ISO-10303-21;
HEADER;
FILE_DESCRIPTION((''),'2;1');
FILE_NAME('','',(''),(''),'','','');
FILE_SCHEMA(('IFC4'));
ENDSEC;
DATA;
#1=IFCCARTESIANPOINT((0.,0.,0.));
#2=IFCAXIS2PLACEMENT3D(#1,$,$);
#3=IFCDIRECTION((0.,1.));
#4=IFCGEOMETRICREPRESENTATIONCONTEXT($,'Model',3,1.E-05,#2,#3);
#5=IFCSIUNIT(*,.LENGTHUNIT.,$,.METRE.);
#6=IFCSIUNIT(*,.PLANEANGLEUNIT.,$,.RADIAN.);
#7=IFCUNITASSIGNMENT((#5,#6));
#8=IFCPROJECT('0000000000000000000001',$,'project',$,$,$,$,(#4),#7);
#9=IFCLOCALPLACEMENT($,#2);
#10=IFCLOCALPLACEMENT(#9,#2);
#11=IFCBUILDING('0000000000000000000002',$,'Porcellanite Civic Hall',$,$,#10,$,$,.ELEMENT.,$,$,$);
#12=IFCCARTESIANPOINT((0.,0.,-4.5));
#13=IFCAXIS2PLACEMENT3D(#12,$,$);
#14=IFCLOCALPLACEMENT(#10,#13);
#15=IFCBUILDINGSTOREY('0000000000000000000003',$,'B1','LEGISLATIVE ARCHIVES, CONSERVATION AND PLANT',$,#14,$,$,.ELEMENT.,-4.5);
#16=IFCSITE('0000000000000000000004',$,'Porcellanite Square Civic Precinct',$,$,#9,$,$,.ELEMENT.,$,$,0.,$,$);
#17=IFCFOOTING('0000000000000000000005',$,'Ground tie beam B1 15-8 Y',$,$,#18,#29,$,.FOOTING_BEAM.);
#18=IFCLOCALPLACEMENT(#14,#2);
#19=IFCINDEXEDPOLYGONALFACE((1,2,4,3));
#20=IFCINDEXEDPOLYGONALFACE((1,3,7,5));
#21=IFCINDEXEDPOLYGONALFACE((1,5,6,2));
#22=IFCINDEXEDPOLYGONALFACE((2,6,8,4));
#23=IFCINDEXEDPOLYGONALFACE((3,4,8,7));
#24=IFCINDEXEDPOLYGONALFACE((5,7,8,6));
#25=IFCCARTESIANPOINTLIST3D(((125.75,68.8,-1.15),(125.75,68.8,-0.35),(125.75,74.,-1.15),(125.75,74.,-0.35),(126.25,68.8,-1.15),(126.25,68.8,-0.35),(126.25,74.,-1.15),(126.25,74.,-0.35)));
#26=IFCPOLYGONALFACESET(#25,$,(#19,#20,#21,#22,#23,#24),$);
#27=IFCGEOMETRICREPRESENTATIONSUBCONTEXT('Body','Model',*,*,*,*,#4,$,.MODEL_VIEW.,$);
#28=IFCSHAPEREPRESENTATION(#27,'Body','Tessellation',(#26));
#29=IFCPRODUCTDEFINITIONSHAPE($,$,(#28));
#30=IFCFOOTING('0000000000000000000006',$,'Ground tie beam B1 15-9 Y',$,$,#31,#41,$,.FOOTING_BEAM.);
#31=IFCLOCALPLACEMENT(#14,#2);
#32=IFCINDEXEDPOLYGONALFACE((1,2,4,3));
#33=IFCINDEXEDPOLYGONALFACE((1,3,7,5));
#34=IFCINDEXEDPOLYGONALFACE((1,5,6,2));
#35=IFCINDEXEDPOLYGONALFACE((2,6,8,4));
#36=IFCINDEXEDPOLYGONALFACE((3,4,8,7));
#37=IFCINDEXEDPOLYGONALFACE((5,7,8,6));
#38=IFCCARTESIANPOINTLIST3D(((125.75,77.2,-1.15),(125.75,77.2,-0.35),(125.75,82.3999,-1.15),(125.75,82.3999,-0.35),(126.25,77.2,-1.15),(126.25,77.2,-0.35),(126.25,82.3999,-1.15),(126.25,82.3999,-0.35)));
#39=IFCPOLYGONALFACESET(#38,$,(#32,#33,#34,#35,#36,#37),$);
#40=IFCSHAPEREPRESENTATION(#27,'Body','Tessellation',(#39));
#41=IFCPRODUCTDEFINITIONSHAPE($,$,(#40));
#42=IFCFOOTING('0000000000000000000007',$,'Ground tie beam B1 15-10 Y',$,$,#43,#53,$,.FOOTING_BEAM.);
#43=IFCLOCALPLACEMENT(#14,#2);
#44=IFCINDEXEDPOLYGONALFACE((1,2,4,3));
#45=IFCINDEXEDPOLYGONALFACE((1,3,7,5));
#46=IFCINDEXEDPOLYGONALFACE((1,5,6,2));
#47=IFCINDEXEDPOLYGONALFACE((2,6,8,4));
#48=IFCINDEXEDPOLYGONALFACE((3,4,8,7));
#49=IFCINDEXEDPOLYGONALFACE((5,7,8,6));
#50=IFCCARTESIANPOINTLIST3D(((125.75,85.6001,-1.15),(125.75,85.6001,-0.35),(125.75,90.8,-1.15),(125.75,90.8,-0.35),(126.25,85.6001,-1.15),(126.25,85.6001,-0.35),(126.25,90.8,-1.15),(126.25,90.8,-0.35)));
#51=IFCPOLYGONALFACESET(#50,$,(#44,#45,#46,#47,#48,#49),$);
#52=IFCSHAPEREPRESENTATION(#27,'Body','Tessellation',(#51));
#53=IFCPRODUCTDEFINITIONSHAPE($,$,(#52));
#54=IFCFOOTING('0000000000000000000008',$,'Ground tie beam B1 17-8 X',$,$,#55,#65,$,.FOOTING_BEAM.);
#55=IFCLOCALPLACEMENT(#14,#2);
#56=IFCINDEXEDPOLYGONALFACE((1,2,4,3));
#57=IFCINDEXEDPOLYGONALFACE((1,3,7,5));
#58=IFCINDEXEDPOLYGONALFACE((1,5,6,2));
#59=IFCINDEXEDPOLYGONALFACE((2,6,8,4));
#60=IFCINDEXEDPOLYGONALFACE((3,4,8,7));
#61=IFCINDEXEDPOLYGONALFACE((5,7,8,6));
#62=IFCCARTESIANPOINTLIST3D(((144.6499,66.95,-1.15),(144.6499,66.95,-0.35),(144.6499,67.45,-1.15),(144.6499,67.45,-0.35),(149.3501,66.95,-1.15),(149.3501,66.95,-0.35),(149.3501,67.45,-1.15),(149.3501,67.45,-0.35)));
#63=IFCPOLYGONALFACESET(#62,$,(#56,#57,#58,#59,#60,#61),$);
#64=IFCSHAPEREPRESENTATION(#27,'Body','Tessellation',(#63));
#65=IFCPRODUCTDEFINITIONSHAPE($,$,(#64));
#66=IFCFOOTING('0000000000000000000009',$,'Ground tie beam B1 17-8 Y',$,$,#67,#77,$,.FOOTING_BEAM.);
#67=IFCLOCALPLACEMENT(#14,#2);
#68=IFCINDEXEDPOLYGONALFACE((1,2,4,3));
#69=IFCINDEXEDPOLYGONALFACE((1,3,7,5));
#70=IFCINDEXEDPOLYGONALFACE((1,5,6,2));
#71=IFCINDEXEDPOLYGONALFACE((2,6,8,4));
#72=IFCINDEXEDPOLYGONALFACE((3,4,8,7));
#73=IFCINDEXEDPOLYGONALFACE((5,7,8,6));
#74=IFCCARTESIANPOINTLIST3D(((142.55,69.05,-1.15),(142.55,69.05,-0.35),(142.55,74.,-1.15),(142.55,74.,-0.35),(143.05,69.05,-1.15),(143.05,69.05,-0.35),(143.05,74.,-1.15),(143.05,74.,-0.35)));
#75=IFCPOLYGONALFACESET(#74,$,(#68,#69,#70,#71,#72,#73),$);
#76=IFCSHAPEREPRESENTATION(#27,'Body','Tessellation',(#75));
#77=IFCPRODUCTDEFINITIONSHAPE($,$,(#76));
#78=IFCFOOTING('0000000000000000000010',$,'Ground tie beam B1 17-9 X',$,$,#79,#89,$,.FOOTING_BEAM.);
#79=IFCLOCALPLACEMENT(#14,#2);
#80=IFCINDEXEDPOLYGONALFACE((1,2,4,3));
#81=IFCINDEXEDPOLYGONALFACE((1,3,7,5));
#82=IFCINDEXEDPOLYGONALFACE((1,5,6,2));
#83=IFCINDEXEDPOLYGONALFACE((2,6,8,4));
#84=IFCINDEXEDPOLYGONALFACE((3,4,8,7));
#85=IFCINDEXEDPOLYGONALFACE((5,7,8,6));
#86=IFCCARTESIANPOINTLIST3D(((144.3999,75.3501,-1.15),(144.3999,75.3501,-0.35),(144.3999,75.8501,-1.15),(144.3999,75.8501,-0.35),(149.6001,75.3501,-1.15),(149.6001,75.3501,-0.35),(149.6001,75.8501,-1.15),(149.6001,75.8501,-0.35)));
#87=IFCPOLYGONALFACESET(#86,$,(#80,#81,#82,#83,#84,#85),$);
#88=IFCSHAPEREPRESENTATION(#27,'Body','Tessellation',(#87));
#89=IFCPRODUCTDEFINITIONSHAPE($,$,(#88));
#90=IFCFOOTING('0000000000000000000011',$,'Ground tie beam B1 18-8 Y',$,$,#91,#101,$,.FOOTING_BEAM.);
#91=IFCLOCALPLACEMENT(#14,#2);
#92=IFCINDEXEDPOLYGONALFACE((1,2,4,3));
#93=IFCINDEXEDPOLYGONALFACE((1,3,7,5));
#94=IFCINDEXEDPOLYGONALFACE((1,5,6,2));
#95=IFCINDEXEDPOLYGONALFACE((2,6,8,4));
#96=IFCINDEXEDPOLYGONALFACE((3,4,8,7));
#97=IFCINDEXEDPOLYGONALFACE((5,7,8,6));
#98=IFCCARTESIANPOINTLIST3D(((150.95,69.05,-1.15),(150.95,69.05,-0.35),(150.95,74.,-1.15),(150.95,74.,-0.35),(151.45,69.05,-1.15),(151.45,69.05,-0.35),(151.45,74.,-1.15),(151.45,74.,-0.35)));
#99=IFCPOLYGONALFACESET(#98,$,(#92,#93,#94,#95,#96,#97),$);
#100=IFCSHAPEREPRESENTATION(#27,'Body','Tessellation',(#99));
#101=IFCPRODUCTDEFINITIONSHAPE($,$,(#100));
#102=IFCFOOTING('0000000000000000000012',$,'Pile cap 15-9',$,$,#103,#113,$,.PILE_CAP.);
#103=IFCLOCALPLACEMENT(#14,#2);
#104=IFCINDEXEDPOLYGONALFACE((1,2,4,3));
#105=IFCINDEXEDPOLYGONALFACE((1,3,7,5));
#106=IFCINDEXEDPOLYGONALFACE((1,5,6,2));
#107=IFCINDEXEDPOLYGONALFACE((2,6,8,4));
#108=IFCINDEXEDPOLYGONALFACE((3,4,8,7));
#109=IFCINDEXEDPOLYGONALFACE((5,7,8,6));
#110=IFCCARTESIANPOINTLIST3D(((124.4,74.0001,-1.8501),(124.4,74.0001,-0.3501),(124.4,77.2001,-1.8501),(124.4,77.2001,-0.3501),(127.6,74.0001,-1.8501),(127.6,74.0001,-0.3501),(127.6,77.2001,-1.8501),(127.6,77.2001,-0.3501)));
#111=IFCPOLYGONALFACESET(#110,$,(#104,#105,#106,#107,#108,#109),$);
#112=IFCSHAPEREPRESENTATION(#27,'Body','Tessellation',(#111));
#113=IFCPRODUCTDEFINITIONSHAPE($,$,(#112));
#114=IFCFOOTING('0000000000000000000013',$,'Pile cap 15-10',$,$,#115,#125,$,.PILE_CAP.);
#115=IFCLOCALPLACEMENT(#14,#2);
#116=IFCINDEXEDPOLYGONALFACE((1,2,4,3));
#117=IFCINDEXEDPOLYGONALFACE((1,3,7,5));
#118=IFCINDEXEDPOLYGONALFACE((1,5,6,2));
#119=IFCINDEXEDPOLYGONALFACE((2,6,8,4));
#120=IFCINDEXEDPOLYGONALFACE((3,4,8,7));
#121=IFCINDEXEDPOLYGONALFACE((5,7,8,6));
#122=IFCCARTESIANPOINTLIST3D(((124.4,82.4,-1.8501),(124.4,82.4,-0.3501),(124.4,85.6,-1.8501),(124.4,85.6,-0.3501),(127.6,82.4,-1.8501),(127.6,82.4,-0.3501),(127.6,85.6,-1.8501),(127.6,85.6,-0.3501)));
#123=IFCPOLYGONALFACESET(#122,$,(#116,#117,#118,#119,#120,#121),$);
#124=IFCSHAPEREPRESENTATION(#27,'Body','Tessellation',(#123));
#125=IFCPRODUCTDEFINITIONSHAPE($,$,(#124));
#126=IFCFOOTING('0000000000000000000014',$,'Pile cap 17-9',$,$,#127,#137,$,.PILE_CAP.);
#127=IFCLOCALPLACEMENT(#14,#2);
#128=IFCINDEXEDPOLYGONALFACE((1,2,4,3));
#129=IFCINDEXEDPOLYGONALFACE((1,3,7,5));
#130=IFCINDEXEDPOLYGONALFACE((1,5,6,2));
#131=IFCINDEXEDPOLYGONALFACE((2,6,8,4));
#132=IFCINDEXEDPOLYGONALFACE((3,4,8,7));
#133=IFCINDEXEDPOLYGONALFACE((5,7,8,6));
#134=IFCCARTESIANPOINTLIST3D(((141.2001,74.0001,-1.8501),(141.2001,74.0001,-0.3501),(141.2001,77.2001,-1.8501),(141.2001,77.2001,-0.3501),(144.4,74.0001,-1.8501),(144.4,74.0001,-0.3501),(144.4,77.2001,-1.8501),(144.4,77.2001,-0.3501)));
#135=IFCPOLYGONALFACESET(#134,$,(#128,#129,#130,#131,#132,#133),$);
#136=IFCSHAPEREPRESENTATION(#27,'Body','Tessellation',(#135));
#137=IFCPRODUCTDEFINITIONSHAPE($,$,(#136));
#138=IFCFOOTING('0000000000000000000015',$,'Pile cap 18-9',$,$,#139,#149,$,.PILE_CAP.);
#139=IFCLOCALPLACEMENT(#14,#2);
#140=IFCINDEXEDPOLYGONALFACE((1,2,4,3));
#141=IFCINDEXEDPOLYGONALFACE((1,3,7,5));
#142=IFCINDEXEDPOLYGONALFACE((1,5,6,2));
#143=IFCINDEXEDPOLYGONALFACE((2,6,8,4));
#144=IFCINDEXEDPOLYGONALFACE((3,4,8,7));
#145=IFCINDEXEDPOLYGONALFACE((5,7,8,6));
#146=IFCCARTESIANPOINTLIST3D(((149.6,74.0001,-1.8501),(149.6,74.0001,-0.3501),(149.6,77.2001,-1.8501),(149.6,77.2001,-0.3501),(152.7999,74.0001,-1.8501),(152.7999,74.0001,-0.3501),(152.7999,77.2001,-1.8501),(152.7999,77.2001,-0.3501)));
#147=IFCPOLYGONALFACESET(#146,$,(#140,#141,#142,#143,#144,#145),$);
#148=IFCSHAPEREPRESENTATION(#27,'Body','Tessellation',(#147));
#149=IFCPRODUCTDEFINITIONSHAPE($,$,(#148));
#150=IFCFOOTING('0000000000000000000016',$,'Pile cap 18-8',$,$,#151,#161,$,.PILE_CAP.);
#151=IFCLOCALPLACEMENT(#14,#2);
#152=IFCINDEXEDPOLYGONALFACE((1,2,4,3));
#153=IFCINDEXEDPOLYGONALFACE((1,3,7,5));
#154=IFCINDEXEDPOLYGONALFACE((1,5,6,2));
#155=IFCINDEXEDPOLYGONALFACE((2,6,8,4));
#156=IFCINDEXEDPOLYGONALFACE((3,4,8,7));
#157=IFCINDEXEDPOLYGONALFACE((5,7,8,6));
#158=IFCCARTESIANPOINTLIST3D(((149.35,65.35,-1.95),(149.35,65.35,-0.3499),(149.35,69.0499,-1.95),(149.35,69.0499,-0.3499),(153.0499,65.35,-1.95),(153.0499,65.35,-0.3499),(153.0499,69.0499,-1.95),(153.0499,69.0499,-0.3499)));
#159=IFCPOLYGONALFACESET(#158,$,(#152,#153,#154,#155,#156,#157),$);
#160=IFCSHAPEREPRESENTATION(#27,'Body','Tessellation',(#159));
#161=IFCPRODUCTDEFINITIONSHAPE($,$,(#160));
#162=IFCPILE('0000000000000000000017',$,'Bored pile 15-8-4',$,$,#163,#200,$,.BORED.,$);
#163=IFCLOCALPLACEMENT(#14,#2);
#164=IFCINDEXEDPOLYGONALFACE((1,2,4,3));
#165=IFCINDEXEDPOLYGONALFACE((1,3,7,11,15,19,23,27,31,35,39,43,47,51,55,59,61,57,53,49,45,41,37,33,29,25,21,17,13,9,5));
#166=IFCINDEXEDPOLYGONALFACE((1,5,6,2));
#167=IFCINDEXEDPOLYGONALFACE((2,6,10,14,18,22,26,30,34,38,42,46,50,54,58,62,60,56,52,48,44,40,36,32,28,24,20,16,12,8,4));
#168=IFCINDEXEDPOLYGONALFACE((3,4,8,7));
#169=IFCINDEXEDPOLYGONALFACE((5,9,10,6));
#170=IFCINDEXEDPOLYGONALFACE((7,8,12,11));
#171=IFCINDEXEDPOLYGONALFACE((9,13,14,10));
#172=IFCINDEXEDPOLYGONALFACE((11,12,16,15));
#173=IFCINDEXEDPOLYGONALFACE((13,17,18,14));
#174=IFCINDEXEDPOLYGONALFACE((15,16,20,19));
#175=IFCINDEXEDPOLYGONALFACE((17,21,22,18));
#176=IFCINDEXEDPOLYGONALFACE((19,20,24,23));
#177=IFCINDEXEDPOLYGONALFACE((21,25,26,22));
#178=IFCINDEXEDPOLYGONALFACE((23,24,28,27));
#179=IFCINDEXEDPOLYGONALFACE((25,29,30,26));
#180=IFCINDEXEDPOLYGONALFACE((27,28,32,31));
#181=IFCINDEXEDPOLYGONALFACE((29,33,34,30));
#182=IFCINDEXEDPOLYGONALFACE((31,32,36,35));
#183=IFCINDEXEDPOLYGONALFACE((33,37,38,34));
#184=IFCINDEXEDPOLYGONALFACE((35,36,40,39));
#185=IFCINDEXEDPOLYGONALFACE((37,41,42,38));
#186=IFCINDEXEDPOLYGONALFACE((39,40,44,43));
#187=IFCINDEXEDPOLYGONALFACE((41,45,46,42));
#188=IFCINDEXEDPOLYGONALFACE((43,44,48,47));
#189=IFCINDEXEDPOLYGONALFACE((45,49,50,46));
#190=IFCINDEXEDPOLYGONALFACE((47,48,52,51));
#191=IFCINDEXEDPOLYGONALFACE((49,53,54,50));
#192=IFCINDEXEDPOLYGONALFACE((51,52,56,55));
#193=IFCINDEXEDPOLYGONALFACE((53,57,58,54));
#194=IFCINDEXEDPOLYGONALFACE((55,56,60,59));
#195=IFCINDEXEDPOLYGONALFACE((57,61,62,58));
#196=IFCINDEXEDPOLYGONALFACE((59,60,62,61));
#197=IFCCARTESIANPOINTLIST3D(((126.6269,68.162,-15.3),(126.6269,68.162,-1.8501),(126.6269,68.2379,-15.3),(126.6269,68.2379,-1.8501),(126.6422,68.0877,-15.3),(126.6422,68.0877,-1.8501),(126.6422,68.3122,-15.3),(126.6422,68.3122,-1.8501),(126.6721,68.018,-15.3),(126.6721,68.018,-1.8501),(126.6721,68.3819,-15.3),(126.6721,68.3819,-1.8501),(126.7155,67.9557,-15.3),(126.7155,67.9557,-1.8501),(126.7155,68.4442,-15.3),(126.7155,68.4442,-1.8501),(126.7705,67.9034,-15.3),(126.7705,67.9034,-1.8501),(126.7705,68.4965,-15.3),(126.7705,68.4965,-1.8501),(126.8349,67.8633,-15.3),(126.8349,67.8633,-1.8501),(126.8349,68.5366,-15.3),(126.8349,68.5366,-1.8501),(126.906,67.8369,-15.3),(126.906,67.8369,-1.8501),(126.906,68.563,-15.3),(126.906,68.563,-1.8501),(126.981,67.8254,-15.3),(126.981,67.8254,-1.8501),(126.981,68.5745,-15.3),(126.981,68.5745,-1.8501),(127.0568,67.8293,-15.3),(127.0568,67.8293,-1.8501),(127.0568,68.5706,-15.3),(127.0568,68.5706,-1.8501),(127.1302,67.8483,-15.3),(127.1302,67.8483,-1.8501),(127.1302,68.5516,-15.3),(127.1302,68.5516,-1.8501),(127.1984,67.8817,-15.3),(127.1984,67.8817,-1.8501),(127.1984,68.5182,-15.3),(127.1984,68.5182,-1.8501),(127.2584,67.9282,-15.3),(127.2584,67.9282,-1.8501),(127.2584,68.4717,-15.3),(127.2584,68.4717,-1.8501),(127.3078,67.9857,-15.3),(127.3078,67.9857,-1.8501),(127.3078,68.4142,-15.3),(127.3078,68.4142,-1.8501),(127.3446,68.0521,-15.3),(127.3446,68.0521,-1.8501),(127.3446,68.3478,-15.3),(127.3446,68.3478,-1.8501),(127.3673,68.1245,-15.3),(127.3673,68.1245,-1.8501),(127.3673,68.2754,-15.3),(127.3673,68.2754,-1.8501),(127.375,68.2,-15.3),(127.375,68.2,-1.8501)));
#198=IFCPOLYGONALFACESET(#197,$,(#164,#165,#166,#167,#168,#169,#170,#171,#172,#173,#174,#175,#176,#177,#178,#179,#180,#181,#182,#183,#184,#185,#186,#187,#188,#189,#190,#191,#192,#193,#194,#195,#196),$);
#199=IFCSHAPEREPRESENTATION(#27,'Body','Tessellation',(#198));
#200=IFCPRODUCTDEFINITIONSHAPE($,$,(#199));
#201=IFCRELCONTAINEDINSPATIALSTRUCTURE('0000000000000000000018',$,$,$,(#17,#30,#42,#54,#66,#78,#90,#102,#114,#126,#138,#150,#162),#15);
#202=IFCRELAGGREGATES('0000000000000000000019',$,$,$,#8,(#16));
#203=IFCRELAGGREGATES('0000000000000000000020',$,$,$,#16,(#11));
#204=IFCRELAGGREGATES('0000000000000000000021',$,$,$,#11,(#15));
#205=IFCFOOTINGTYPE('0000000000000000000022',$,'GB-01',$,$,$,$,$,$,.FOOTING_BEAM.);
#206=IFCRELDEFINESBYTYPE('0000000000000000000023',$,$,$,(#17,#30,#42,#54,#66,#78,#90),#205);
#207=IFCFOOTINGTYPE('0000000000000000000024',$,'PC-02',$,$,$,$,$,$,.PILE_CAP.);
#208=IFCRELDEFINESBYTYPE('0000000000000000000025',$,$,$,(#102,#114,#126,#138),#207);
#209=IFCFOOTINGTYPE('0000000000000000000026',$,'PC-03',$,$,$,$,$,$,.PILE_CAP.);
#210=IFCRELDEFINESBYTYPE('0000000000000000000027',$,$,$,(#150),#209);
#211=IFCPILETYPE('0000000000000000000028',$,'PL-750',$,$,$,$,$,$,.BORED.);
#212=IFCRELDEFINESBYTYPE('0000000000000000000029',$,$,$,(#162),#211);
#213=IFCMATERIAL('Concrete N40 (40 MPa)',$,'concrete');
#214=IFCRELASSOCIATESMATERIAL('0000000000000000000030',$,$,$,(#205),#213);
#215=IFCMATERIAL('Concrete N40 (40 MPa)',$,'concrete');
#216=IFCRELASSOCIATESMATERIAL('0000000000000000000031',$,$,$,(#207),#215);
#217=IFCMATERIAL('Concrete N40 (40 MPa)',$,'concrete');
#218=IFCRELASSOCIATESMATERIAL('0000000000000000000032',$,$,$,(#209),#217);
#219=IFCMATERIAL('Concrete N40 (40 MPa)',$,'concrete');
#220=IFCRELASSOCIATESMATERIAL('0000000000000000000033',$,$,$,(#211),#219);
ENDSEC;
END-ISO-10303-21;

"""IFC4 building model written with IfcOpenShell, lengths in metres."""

from ifc_helpers import new_model, si_unit, direction, frame, origin, origin_2d, place, context, subcontext, project, spatial, rectangle, circle, extrude, material, material_profile, profile_set, type_object, element, save


model = new_model("IFC4")

# Units and contexts
model_context = context("Model", 3, precision=1e-05, world=origin(), true_north=direction((0.0, 1.0)))
body_context = subcontext(model_context, "Body", "Model", "MODEL_VIEW")
ifc_project = project(units=[si_unit("LENGTHUNIT", "METRE"), si_unit("PLANEANGLEUNIT", "RADIAN")], contexts=[model_context])

# Site, building, storey
site_placement = place(None, origin())
site = spatial("IfcSite", under=ifc_project, at=site_placement, Name="Porcellanite Square Civic Precinct", CompositionType="ELEMENT", RefElevation=0.0)
building_placement = place(site_placement, origin())
building = spatial("IfcBuilding", under=site, at=building_placement, Name="Porcellanite Civic Hall", CompositionType="ELEMENT")
storey_placement = place(building_placement, frame((0.0, 0.0, -4.5)))
storey = spatial("IfcBuildingStorey", under=building, at=storey_placement, Name="B1", Description="LEGISLATIVE ARCHIVES, CONSERVATION AND PLANT", CompositionType="ELEMENT", Elevation=-4.5)

# Footings
ifc_material_1 = material(Name="Concrete N40 (40 MPa)", Category="concrete")
ifc_material_profile_1 = material_profile(ifc_material_1, rectangle(XDim=0.5, YDim=0.8, at=origin_2d()), Name="RC-500x800")
ifc_profile_set_1 = profile_set([ifc_material_profile_1], Name="Concrete N40 (40 MPa)")
footing_type_1 = type_object("IfcFootingType", Name="GB-01", PredefinedType="FOOTING_BEAM", material=ifc_profile_set_1)
for number, where, z_axis, x_axis, name in (
    (1, (126.0, 68.8, -0.75), (0.0, 1.0, 0.0), (-1.0, 0.0, 0.0), "Ground tie beam B1 15-8 Y"),
    (2, (126.0, 77.2, -0.75), (0.0, 1.0, 0.0), (-1.0, 0.0, 0.0), "Ground tie beam B1 15-9 Y"),
    (3, (126.0, 85.6001, -0.75), (0.0, 1.0, 0.0), (-1.0, 0.0, 0.0), "Ground tie beam B1 15-10 Y"),
):
    element("IfcFooting", number, at=place(storey_placement, frame(where, z_axis=z_axis, x_axis=x_axis)), inside=storey, type_object=footing_type_1, Name=name, PredefinedType="FOOTING_BEAM", context=body_context, shape_type="SweptSolid", body=[
        extrude(rectangle(XDim=0.5, YDim=0.8, at=origin_2d()), origin(), (0.0, 0.0, 1.0), 5.2),
    ])
footing_1_placement = place(storey_placement, frame((144.6499, 67.2, -0.75), z_axis=(1.0, 0.0, 0.0), x_axis=(0.0, 1.0, 0.0)))
element("IfcFooting", 4, at=footing_1_placement, inside=storey, type_object=footing_type_1, Name="Ground tie beam B1 17-8 X", PredefinedType="FOOTING_BEAM", context=body_context, shape_type="SweptSolid", body=[
    extrude(rectangle(XDim=0.5, YDim=0.8, at=origin_2d()), origin(), (0.0, 0.0, 1.0), 4.7002),
])
footing_2_placement = place(storey_placement, frame((142.8, 69.05, -0.75), z_axis=(0.0, 1.0, 0.0), x_axis=(-1.0, 0.0, 0.0)))
element("IfcFooting", 5, at=footing_2_placement, inside=storey, type_object=footing_type_1, Name="Ground tie beam B1 17-8 Y", PredefinedType="FOOTING_BEAM", context=body_context, shape_type="SweptSolid", body=[
    extrude(rectangle(XDim=0.5, YDim=0.8, at=origin_2d()), origin(), (0.0, 0.0, 1.0), 4.95),
])
footing_3_placement = place(storey_placement, frame((144.3999, 75.6001, -0.75), z_axis=(1.0, 0.0, 0.0), x_axis=(0.0, 1.0, 0.0)))
element("IfcFooting", 6, at=footing_3_placement, inside=storey, type_object=footing_type_1, Name="Ground tie beam B1 17-9 X", PredefinedType="FOOTING_BEAM", context=body_context, shape_type="SweptSolid", body=[
    extrude(rectangle(XDim=0.5, YDim=0.8, at=origin_2d()), origin(), (0.0, 0.0, 1.0), 5.2002),
])
footing_4_placement = place(storey_placement, frame((151.2, 69.05, -0.75), z_axis=(0.0, 1.0, 0.0), x_axis=(-1.0, 0.0, 0.0)))
element("IfcFooting", 7, at=footing_4_placement, inside=storey, type_object=footing_type_1, Name="Ground tie beam B1 18-8 Y", PredefinedType="FOOTING_BEAM", context=body_context, shape_type="SweptSolid", body=[
    extrude(rectangle(XDim=0.5, YDim=0.8, at=origin_2d()), origin(), (0.0, 0.0, 1.0), 4.95),
])
ifc_material_2 = material(Name="Concrete N40 (40 MPa)", Category="concrete")
footing_type_2 = type_object("IfcFootingType", Name="PC-02", PredefinedType="PILE_CAP", material=ifc_material_2)
for number, where, z_axis, x_axis, name in (
    (8, (126.0, 75.6001, -1.8501), (0.0, 0.0, 1.0), (1.0, 0.0, 0.0), "Pile cap 15-9"),
    (9, (126.0, 84.0, -1.8501), (0.0, 0.0, 1.0), (1.0, 0.0, 0.0), "Pile cap 15-10"),
    (10, (142.8, 75.6001, -1.8501), (0.0, 0.0, 1.0), (1.0, 0.0, 0.0), "Pile cap 17-9"),
    (11, (151.2, 75.6001, -1.8501), (0.0, 0.0, 1.0), (1.0, 0.0, 0.0), "Pile cap 18-9"),
):
    element("IfcFooting", number, at=place(storey_placement, frame(where, z_axis=z_axis, x_axis=x_axis)), inside=storey, type_object=footing_type_2, Name=name, PredefinedType="PILE_CAP", context=body_context, shape_type="SweptSolid", body=[
        extrude(rectangle(XDim=3.2, YDim=3.2, at=origin_2d()), origin(), (0.0, 0.0, 1.0), 1.5),
    ])
ifc_material_3 = material(Name="Concrete N40 (40 MPa)", Category="concrete")
footing_type_3 = type_object("IfcFootingType", Name="PC-03", PredefinedType="PILE_CAP", material=ifc_material_3)
footing_5_placement = place(storey_placement, frame((151.2, 67.2, -1.95), z_axis=(0.0, 0.0, 1.0), x_axis=(1.0, 0.0, 0.0)))
element("IfcFooting", 12, at=footing_5_placement, inside=storey, type_object=footing_type_3, Name="Pile cap 18-8", PredefinedType="PILE_CAP", context=body_context, shape_type="SweptSolid", body=[
    extrude(rectangle(XDim=3.7, YDim=3.7, at=origin_2d()), origin(), (0.0, 0.0, 1.0), 1.6001),
])

# Pile
ifc_material_4 = material(Name="Concrete N40 (40 MPa)", Category="concrete")
ifc_material_profile_2 = material_profile(ifc_material_4, circle(Radius=0.375, at=origin_2d()), Name="PILE-D750")
ifc_profile_set_2 = profile_set([ifc_material_profile_2], Name="Concrete N40 (40 MPa)")
pile_type_1 = type_object("IfcPileType", Name="PL-750", PredefinedType="BORED", material=ifc_profile_set_2)
for number, where, z_axis, x_axis, name in (
    (13, (127.0, 68.2, -1.8501), (0.0, 0.0, -1.0), (1.0, 0.0, 0.0), "Bored pile 15-8-4"),
):
    element("IfcPile", number, at=place(storey_placement, frame(where, z_axis=z_axis, x_axis=x_axis)), inside=storey, type_object=pile_type_1, Name=name, PredefinedType="BORED", context=body_context, shape_type="SweptSolid", body=[
        extrude(circle(Radius=0.375, at=origin_2d()), origin(), (0.0, 0.0, 1.0), 13.45),
    ])

save(model, "model.ifc")
